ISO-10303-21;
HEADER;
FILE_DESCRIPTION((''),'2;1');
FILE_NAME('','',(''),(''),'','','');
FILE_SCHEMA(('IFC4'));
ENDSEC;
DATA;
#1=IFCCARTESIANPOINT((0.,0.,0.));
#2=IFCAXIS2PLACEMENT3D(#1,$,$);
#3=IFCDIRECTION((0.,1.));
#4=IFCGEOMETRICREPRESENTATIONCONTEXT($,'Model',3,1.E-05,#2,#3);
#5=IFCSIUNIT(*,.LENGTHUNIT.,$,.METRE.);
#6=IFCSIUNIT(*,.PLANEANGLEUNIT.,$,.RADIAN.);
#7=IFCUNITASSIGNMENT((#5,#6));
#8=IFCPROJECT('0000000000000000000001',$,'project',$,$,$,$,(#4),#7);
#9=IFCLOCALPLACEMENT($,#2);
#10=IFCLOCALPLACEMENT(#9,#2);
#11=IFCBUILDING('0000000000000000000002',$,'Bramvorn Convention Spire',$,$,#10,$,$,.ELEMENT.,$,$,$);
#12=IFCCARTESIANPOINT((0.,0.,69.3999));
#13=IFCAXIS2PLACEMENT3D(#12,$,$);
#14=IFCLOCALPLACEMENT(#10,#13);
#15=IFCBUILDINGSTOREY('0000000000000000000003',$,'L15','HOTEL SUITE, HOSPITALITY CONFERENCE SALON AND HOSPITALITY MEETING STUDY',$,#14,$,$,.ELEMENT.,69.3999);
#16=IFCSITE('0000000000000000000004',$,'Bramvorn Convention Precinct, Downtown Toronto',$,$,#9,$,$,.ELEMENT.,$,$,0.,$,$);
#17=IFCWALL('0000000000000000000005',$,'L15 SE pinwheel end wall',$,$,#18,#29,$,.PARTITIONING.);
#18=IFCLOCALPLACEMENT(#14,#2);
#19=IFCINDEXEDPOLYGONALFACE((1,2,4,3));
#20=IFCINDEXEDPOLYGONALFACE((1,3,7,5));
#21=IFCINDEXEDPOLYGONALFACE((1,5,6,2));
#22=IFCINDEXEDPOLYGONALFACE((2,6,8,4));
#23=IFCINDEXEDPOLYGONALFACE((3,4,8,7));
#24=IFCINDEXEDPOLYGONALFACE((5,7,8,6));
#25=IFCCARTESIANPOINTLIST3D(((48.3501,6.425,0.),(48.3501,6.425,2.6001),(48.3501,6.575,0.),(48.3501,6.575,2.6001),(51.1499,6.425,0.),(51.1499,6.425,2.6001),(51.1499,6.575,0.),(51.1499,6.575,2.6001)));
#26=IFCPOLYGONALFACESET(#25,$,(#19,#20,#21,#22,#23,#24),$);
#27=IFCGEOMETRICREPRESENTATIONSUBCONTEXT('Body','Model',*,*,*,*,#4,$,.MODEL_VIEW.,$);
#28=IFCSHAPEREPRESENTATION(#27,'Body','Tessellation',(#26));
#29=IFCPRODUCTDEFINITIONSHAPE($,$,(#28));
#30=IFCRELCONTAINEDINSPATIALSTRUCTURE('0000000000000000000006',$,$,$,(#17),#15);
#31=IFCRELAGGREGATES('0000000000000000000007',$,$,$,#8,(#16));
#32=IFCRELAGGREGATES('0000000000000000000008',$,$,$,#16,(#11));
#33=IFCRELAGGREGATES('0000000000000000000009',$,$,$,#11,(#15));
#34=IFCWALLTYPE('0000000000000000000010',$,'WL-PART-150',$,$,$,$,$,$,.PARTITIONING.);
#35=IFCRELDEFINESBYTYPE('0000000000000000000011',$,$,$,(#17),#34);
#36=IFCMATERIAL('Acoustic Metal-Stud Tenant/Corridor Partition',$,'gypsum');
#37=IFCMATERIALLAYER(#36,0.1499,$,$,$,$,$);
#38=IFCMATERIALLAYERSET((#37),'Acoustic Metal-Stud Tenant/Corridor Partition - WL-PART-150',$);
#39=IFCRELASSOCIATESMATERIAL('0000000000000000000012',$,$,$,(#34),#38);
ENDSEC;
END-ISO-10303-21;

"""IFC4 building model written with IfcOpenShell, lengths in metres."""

from ifc_helpers import new_model, si_unit, direction, frame, frame_2d, origin, place, context, subcontext, project, spatial, rectangle, extrude, material, layer, layer_set, type_object, element, save


model = new_model("IFC4")

# Units and contexts
model_context = context("Model", 3, precision=1e-05, world=origin(), true_north=direction((0.0, 1.0)))
body_context = subcontext(model_context, "Body", "Model", "MODEL_VIEW")
ifc_project = project(units=[si_unit("LENGTHUNIT", "METRE"), si_unit("PLANEANGLEUNIT", "RADIAN")], contexts=[model_context])

# Site, building, storey
site_placement = place(None, origin())
site = spatial("IfcSite", under=ifc_project, at=site_placement, Name="Bramvorn Convention Precinct, Downtown Toronto", CompositionType="ELEMENT", RefElevation=0.0)
building_placement = place(site_placement, origin())
building = spatial("IfcBuilding", under=site, at=building_placement, Name="Bramvorn Convention Spire", CompositionType="ELEMENT")
storey_placement = place(building_placement, frame((0.0, 0.0, 69.3999)))
storey = spatial("IfcBuildingStorey", under=building, at=storey_placement, Name="L15", Description="HOTEL SUITE, HOSPITALITY CONFERENCE SALON AND HOSPITALITY MEETING STUDY", CompositionType="ELEMENT", Elevation=69.3999)

# Wall
ifc_material_1 = material(Name="Acoustic Metal-Stud Tenant/Corridor Partition", Category="gypsum")
ifc_layer_1 = layer(ifc_material_1, 0.1499)
ifc_layer_set_1 = layer_set([ifc_layer_1], Name="Acoustic Metal-Stud Tenant/Corridor Partition - WL-PART-150")
wall_type_1 = type_object("IfcWallType", Name="WL-PART-150", PredefinedType="PARTITIONING", material=ifc_layer_set_1)
wall_1_placement = place(storey_placement, frame((48.3501, 6.5, 0.0), z_axis=(0.0, 0.0, 1.0), x_axis=(1.0, 0.0, 0.0)))
element("IfcWall", 1, at=wall_1_placement, inside=storey, type_object=wall_type_1, Name="L15 SE pinwheel end wall", PredefinedType="PARTITIONING", context=body_context, shape_type="SweptSolid", body=[
    extrude(rectangle(XDim=2.7998, YDim=0.1499, at=frame_2d((1.3999, 0.0))), origin(), (0.0, 0.0, 1.0), 2.6001),
])

save(model, "model.ifc")
